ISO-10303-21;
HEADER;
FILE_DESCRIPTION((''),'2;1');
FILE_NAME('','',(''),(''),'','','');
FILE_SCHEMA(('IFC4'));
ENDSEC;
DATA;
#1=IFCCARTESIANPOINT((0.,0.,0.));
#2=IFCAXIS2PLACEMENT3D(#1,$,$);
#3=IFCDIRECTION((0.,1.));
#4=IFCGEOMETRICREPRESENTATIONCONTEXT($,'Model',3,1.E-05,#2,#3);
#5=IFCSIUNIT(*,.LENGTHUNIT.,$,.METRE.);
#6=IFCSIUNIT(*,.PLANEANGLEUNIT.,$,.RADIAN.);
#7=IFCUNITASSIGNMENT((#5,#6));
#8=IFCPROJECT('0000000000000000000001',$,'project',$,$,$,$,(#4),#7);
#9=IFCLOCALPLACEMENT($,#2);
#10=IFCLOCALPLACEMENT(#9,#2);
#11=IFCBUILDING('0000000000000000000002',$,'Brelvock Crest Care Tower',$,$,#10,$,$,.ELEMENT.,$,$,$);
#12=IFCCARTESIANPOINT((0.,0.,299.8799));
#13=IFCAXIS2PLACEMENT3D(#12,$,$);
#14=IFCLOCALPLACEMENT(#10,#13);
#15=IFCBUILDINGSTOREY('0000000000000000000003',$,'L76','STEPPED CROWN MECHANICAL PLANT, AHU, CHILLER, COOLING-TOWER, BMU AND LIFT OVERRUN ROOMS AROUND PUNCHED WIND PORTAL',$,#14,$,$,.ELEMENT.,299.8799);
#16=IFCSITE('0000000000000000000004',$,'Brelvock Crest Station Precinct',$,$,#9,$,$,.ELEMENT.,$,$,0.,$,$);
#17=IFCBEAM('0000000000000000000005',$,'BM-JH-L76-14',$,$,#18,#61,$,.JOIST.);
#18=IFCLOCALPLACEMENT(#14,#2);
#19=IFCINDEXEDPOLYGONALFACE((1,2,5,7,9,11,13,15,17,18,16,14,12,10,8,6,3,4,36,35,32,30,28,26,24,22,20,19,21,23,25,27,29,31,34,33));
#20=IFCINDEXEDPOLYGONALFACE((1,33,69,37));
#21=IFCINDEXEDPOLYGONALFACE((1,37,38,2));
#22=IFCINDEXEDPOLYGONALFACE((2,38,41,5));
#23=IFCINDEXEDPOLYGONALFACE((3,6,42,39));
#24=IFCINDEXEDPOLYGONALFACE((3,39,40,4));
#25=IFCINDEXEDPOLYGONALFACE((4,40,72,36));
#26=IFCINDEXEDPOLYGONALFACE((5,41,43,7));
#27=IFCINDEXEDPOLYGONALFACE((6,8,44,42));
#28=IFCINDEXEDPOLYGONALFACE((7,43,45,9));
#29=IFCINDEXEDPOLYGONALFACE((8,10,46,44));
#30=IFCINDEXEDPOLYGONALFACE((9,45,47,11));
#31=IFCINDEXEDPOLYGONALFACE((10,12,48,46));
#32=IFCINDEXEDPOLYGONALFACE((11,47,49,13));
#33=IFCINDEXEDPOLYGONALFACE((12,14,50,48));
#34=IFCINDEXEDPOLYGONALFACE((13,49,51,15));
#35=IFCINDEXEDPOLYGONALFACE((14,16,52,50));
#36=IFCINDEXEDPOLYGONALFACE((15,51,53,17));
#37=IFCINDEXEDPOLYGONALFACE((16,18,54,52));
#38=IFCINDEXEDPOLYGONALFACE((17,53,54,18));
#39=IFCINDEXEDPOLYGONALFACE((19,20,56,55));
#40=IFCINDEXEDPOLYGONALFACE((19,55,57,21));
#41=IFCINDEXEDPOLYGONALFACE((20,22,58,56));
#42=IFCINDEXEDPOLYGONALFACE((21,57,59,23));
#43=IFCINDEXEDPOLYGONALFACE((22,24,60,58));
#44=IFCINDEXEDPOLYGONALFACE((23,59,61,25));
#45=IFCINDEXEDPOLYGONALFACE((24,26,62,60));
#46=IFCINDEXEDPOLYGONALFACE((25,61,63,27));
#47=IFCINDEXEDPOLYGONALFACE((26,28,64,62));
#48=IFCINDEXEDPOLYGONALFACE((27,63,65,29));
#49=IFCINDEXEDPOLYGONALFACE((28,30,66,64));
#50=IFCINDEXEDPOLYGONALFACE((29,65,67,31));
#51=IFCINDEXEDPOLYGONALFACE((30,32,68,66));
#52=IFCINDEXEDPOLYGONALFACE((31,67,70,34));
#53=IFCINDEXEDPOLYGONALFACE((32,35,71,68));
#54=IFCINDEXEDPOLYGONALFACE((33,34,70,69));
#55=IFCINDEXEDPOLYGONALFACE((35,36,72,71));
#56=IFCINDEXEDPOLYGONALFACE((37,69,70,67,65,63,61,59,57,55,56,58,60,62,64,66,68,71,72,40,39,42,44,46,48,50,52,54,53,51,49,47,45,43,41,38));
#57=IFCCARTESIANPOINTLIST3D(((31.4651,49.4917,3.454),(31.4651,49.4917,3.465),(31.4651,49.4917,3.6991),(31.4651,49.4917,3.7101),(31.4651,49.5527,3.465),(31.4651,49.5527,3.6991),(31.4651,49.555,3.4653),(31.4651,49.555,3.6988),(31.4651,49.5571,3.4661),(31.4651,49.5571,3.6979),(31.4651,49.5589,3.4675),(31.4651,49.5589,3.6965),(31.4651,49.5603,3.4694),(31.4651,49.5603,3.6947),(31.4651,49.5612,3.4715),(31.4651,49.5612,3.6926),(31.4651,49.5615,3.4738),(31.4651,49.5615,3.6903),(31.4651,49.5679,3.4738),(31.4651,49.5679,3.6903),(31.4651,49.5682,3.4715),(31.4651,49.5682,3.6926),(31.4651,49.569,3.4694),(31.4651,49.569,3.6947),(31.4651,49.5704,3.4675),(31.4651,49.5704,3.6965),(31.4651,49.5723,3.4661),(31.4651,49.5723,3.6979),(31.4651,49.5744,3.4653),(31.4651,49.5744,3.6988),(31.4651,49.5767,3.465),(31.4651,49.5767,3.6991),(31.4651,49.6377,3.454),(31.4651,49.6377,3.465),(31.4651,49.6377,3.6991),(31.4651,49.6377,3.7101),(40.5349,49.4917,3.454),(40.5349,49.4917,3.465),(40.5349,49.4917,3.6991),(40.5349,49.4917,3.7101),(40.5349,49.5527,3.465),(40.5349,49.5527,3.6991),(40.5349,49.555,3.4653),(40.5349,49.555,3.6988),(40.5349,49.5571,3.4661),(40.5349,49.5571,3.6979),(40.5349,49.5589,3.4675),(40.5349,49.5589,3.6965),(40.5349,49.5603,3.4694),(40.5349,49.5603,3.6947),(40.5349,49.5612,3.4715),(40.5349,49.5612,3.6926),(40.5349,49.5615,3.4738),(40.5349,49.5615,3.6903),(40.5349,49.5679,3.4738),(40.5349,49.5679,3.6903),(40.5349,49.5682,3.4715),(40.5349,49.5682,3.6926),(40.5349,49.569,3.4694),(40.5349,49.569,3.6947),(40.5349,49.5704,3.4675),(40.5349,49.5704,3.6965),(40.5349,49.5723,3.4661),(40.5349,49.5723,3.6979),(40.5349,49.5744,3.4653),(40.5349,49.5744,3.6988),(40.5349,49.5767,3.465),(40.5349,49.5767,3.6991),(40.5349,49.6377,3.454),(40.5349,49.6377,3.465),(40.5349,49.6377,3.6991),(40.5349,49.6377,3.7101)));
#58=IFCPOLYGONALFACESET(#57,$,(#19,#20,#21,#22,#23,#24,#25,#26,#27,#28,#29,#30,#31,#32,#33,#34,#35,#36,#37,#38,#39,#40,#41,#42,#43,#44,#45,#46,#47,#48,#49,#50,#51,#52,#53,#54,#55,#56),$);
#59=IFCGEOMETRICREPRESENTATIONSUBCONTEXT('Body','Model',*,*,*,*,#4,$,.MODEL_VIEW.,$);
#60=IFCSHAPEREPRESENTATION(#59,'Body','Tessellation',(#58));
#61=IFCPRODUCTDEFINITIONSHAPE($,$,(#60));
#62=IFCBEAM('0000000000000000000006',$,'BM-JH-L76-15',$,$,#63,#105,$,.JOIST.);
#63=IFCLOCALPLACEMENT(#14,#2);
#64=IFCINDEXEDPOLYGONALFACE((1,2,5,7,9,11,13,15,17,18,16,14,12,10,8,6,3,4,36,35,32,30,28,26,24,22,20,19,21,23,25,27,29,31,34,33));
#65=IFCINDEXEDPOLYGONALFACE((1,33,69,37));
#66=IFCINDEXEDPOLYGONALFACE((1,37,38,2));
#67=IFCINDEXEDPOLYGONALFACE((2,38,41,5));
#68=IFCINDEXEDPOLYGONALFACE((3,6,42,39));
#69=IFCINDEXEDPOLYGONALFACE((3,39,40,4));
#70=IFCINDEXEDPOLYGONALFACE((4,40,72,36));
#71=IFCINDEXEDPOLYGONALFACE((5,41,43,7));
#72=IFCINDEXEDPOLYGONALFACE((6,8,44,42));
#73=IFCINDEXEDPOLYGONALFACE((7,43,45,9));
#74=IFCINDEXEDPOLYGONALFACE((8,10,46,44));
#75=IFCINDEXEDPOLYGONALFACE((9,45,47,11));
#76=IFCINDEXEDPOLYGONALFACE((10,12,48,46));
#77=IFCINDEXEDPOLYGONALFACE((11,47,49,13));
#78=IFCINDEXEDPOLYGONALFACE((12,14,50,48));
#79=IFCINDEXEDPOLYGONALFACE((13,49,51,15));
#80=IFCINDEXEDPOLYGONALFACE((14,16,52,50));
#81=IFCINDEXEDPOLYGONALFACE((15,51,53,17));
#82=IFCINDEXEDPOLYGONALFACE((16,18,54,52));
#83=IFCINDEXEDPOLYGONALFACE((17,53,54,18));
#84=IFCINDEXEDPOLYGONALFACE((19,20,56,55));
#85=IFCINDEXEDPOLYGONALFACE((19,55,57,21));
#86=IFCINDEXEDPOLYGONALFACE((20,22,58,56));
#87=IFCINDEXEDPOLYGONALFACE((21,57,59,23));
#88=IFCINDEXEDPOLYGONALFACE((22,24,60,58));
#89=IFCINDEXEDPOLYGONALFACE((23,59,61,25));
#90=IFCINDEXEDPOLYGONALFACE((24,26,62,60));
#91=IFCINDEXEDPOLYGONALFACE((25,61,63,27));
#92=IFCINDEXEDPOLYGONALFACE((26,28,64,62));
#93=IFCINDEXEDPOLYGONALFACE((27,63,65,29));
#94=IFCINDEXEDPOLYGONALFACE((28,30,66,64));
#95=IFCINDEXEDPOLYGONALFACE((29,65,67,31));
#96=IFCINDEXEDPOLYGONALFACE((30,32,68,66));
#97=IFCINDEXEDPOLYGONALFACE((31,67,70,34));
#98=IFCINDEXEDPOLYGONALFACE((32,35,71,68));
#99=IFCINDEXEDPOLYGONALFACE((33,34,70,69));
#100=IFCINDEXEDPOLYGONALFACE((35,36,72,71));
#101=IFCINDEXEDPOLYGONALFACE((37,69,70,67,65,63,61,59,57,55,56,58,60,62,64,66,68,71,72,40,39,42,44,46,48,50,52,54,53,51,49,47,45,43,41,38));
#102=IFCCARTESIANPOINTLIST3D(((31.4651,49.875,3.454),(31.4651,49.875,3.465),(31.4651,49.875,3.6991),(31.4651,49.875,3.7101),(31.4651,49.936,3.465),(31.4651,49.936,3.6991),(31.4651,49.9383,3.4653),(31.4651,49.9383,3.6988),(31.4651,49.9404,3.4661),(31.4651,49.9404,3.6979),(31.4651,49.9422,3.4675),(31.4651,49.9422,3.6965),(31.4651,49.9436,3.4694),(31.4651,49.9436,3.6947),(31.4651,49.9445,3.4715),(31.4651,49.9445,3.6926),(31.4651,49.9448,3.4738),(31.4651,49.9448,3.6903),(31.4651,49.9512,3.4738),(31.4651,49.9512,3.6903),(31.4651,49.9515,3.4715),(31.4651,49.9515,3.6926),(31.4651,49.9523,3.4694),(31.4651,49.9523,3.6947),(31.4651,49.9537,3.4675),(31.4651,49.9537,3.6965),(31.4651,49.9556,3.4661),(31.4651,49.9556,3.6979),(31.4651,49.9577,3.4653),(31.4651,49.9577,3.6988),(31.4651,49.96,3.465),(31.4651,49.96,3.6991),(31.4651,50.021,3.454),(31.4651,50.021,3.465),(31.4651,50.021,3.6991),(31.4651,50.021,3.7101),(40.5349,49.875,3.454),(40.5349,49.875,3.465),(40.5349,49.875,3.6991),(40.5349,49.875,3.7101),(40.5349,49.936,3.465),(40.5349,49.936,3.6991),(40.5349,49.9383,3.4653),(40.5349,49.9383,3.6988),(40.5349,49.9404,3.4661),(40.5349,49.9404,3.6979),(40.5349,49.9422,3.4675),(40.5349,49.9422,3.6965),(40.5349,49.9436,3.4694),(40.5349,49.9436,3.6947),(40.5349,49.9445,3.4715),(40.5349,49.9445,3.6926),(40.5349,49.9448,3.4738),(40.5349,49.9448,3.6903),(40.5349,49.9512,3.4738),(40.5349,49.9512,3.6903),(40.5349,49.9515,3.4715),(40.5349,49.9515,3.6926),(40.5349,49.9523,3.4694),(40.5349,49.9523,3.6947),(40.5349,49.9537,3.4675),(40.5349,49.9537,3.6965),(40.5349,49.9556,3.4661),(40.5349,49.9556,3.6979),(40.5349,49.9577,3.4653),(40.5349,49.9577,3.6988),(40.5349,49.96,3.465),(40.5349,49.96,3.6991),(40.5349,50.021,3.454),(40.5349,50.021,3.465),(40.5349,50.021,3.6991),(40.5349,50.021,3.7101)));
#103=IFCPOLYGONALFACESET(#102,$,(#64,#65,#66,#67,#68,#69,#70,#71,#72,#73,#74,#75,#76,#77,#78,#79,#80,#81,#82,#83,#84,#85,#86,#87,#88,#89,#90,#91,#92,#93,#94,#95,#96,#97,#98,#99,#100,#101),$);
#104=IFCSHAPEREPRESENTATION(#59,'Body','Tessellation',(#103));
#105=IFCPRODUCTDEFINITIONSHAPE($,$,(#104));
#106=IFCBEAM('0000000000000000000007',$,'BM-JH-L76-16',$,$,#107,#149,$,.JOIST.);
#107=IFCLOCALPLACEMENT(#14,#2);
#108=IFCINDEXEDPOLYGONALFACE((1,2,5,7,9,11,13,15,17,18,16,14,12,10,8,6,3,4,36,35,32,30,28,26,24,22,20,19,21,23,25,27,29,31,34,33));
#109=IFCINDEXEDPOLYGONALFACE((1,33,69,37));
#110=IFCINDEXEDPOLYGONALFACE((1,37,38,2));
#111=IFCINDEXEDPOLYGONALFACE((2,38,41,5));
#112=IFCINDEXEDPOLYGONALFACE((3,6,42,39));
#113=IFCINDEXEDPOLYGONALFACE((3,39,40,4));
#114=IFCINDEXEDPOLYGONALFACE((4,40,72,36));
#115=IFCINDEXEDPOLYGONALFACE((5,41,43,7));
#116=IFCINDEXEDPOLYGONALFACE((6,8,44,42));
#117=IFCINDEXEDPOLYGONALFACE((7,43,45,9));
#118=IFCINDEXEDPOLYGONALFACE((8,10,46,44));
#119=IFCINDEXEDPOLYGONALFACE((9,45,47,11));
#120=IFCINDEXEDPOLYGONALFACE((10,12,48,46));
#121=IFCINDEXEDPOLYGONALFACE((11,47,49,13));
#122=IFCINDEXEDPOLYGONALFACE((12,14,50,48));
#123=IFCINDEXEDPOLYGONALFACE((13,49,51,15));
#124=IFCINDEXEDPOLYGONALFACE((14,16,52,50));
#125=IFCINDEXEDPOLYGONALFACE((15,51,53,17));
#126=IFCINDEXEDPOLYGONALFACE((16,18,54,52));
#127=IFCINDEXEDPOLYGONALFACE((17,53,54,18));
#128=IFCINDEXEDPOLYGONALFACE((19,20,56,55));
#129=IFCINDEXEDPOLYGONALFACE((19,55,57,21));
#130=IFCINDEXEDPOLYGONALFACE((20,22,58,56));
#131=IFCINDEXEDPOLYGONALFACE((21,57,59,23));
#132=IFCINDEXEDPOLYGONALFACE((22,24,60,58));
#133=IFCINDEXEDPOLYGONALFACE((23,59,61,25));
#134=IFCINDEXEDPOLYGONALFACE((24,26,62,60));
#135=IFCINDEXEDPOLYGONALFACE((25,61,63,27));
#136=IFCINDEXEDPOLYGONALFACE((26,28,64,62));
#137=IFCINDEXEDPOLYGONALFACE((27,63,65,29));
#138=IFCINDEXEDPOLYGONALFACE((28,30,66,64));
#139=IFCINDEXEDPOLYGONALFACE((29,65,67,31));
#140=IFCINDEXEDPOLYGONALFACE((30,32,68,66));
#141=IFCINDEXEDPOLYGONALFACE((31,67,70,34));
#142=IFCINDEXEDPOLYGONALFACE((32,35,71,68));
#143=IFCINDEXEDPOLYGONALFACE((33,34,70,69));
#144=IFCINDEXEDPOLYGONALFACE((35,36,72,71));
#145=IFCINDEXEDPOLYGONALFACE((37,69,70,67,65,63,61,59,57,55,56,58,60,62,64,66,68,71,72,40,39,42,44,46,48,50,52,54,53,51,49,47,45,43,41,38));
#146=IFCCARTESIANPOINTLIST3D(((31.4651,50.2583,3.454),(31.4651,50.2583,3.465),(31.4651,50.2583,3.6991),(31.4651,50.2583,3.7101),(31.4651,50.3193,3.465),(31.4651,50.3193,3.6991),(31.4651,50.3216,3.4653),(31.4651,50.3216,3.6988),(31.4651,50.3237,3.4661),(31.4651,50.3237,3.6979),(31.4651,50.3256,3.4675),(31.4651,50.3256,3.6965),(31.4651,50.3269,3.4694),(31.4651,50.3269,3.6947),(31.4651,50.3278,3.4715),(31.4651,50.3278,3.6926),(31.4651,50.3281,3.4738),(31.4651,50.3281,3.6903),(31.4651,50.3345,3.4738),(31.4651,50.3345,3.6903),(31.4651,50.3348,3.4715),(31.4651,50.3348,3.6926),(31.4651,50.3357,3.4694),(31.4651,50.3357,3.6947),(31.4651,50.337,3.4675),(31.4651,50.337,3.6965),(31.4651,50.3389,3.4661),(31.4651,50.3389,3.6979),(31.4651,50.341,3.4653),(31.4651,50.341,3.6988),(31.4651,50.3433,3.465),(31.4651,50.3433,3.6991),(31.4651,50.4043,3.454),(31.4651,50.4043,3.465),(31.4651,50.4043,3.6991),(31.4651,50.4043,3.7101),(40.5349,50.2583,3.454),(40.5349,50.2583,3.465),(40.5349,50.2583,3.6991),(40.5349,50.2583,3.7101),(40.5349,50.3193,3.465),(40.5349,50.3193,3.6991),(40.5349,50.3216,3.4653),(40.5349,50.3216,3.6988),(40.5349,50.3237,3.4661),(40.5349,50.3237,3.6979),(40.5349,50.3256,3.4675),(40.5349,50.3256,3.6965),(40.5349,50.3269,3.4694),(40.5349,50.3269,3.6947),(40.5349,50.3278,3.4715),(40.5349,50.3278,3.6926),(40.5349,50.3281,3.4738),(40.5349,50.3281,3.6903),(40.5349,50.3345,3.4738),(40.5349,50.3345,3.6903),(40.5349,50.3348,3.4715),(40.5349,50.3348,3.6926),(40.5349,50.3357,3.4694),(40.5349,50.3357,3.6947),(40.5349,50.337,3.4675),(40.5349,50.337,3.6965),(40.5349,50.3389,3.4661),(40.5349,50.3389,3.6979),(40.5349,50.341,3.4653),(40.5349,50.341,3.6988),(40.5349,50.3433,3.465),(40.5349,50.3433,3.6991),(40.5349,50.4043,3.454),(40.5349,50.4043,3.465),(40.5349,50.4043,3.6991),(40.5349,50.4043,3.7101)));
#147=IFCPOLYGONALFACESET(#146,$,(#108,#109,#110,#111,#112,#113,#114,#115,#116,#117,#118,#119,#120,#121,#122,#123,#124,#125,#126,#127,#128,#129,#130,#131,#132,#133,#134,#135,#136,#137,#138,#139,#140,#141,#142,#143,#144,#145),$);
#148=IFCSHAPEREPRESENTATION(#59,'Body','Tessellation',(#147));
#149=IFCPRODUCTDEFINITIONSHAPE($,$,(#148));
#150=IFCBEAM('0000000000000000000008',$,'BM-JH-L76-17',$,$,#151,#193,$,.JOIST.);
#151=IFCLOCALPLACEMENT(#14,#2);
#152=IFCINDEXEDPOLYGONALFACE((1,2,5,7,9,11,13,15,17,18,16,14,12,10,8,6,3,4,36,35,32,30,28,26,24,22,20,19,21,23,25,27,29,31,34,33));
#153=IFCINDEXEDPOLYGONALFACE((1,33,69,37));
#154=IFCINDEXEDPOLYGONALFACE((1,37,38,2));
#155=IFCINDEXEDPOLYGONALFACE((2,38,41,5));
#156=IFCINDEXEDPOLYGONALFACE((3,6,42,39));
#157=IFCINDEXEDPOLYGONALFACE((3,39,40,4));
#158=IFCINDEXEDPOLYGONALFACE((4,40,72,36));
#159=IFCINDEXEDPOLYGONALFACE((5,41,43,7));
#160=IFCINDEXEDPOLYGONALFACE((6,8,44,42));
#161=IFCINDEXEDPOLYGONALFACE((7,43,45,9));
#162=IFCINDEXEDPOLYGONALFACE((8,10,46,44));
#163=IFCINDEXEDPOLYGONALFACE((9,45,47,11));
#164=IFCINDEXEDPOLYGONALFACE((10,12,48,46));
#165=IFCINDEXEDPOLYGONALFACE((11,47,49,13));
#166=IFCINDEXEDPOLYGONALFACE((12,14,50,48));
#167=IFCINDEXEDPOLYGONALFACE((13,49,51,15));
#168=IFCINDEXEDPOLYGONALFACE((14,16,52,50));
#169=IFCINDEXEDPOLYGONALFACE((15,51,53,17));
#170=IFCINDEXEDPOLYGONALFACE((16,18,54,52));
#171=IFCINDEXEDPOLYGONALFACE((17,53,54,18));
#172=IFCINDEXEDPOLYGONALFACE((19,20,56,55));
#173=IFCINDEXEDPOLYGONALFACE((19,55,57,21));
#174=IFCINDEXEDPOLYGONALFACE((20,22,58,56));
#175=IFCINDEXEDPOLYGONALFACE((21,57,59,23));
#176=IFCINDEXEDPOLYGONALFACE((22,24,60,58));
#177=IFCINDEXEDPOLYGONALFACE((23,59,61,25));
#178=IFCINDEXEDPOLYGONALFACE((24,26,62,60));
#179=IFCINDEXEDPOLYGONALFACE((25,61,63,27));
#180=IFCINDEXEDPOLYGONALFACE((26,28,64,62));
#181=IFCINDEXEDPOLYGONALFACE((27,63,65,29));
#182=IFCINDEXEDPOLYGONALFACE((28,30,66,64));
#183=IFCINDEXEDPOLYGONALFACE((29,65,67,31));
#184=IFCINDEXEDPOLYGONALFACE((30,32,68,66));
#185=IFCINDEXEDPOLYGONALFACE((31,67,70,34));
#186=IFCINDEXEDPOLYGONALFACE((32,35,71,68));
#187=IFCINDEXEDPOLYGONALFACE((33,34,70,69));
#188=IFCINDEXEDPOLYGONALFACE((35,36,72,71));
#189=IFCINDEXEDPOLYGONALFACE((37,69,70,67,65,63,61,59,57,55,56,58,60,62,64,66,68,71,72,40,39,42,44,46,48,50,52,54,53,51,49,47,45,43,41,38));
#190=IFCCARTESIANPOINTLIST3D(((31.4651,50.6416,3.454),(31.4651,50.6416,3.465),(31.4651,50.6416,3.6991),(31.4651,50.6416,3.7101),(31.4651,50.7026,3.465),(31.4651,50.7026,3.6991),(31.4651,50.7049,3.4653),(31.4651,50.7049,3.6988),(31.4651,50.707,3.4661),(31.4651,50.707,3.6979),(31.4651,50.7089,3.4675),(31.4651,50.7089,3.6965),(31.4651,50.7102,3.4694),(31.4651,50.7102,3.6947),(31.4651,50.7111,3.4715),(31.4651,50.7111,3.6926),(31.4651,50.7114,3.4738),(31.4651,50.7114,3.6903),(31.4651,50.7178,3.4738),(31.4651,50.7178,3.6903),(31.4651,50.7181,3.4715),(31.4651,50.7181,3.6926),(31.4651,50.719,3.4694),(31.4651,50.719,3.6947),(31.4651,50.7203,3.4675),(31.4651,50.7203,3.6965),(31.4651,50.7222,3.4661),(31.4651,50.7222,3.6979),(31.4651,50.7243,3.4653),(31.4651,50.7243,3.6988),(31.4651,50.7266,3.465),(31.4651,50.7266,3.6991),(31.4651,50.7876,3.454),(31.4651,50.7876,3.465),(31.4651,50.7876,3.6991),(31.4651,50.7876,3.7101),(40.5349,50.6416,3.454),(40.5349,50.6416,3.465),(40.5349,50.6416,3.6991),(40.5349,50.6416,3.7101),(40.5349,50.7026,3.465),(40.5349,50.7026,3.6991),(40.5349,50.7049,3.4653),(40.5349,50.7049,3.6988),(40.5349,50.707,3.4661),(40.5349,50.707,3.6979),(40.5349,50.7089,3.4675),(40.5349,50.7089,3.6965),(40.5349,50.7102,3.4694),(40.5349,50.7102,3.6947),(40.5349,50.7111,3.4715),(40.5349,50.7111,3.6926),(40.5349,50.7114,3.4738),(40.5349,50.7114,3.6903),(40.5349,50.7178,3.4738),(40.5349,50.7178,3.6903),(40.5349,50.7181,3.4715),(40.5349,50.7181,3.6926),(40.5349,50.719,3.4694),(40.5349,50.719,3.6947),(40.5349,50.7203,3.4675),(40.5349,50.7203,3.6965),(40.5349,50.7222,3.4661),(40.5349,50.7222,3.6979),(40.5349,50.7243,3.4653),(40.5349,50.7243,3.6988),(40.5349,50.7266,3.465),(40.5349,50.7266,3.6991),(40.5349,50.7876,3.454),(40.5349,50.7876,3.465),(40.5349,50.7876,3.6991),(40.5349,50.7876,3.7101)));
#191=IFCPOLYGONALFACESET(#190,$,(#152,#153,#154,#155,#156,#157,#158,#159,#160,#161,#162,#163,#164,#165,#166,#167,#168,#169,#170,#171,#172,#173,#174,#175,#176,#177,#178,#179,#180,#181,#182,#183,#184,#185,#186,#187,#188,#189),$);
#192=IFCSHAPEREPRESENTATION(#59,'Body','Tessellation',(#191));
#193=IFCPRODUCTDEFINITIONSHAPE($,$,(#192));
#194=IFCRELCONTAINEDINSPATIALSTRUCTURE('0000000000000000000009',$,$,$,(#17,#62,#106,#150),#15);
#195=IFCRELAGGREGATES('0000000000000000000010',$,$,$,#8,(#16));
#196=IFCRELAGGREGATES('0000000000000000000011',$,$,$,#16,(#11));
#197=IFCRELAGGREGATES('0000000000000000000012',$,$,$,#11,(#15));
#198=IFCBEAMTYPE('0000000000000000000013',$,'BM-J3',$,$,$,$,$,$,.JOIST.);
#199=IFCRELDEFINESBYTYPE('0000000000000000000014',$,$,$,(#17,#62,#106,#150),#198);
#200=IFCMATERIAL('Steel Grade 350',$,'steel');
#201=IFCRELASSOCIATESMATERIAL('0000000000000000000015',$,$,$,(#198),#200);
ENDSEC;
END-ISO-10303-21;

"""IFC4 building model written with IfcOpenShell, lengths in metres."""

from ifc_helpers import new_model, si_unit, direction, frame, origin, origin_2d, place, context, subcontext, project, spatial, i_section, extrude, source, transform, mapped, material, material_profile, profile_set, type_object, element, save


model = new_model("IFC4")

# Units and contexts
model_context = context("Model", 3, precision=1e-05, world=origin(), true_north=direction((0.0, 1.0)))
body_context = subcontext(model_context, "Body", "Model", "MODEL_VIEW")
ifc_project = project(units=[si_unit("LENGTHUNIT", "METRE"), si_unit("PLANEANGLEUNIT", "RADIAN")], contexts=[model_context])

# Site, building, storey
site_placement = place(None, origin())
site = spatial("IfcSite", under=ifc_project, at=site_placement, Name="Brelvock Crest Station Precinct", CompositionType="ELEMENT", RefElevation=0.0)
building_placement = place(site_placement, origin())
building = spatial("IfcBuilding", under=site, at=building_placement, Name="Brelvock Crest Care Tower", CompositionType="ELEMENT")
storey_placement = place(building_placement, frame((0.0, 0.0, 299.8799)))
storey = spatial("IfcBuildingStorey", under=building, at=storey_placement, Name="L76", Description="STEPPED CROWN MECHANICAL PLANT, AHU, CHILLER, COOLING-TOWER, BMU AND LIFT OVERRUN ROOMS AROUND PUNCHED WIND PORTAL", CompositionType="ELEMENT", Elevation=299.8799)

# Shared definitions
ifc_material_1 = material(Name="Steel Grade 350", Category="steel")

# Beams
ifc_material_profile_1 = material_profile(ifc_material_1, i_section(OverallWidth=0.146, OverallDepth=0.2561, WebThickness=0.0063, FlangeThickness=0.011, FilletRadius=0.0088, at=origin_2d()), Name="250UB37.3")
ifc_profile_set_1 = profile_set([ifc_material_profile_1], Name="Steel Grade 350")
beam_type_1 = type_object("IfcBeamType", Name="BM-J3", PredefinedType="JOIST", material=ifc_profile_set_1)
shared_shape_1 = source(origin(), body_context, "Body", "SweptSolid", [
    extrude(i_section(OverallWidth=0.146, OverallDepth=0.2561, WebThickness=0.0063, FlangeThickness=0.011, FilletRadius=0.0088, at=origin_2d()), origin(), (0.0, 0.0, 1.0), 9.0698),
])
for number, where, z_axis, x_axis, name in (
    (1, (31.4651, 49.5647, 3.582), (1.0, 0.0, 0.0), (0.0, 1.0, 0.0), "BM-JH-L76-14"),
    (2, (31.4651, 49.948, 3.582), (1.0, 0.0, 0.0), (0.0, 1.0, 0.0), "BM-JH-L76-15"),
    (3, (31.4651, 50.3313, 3.582), (1.0, 0.0, 0.0), (0.0, 1.0, 0.0), "BM-JH-L76-16"),
    (4, (31.4651, 50.7146, 3.582), (1.0, 0.0, 0.0), (0.0, 1.0, 0.0), "BM-JH-L76-17"),
):
    element("IfcBeam", number, at=place(storey_placement, frame(where, z_axis=z_axis, x_axis=x_axis)), inside=storey, type_object=beam_type_1, Name=name, PredefinedType="JOIST", context=body_context, shape_type="MappedRepresentation", body=[
        mapped(shared_shape_1, transform((0.0, 0.0, 0.0), x_axis=(1.0, 0.0, 0.0), y_axis=(0.0, 1.0, 0.0), z_axis=(0.0, 0.0, 1.0), scale=1.0)),
    ])

save(model, "model.ifc")
